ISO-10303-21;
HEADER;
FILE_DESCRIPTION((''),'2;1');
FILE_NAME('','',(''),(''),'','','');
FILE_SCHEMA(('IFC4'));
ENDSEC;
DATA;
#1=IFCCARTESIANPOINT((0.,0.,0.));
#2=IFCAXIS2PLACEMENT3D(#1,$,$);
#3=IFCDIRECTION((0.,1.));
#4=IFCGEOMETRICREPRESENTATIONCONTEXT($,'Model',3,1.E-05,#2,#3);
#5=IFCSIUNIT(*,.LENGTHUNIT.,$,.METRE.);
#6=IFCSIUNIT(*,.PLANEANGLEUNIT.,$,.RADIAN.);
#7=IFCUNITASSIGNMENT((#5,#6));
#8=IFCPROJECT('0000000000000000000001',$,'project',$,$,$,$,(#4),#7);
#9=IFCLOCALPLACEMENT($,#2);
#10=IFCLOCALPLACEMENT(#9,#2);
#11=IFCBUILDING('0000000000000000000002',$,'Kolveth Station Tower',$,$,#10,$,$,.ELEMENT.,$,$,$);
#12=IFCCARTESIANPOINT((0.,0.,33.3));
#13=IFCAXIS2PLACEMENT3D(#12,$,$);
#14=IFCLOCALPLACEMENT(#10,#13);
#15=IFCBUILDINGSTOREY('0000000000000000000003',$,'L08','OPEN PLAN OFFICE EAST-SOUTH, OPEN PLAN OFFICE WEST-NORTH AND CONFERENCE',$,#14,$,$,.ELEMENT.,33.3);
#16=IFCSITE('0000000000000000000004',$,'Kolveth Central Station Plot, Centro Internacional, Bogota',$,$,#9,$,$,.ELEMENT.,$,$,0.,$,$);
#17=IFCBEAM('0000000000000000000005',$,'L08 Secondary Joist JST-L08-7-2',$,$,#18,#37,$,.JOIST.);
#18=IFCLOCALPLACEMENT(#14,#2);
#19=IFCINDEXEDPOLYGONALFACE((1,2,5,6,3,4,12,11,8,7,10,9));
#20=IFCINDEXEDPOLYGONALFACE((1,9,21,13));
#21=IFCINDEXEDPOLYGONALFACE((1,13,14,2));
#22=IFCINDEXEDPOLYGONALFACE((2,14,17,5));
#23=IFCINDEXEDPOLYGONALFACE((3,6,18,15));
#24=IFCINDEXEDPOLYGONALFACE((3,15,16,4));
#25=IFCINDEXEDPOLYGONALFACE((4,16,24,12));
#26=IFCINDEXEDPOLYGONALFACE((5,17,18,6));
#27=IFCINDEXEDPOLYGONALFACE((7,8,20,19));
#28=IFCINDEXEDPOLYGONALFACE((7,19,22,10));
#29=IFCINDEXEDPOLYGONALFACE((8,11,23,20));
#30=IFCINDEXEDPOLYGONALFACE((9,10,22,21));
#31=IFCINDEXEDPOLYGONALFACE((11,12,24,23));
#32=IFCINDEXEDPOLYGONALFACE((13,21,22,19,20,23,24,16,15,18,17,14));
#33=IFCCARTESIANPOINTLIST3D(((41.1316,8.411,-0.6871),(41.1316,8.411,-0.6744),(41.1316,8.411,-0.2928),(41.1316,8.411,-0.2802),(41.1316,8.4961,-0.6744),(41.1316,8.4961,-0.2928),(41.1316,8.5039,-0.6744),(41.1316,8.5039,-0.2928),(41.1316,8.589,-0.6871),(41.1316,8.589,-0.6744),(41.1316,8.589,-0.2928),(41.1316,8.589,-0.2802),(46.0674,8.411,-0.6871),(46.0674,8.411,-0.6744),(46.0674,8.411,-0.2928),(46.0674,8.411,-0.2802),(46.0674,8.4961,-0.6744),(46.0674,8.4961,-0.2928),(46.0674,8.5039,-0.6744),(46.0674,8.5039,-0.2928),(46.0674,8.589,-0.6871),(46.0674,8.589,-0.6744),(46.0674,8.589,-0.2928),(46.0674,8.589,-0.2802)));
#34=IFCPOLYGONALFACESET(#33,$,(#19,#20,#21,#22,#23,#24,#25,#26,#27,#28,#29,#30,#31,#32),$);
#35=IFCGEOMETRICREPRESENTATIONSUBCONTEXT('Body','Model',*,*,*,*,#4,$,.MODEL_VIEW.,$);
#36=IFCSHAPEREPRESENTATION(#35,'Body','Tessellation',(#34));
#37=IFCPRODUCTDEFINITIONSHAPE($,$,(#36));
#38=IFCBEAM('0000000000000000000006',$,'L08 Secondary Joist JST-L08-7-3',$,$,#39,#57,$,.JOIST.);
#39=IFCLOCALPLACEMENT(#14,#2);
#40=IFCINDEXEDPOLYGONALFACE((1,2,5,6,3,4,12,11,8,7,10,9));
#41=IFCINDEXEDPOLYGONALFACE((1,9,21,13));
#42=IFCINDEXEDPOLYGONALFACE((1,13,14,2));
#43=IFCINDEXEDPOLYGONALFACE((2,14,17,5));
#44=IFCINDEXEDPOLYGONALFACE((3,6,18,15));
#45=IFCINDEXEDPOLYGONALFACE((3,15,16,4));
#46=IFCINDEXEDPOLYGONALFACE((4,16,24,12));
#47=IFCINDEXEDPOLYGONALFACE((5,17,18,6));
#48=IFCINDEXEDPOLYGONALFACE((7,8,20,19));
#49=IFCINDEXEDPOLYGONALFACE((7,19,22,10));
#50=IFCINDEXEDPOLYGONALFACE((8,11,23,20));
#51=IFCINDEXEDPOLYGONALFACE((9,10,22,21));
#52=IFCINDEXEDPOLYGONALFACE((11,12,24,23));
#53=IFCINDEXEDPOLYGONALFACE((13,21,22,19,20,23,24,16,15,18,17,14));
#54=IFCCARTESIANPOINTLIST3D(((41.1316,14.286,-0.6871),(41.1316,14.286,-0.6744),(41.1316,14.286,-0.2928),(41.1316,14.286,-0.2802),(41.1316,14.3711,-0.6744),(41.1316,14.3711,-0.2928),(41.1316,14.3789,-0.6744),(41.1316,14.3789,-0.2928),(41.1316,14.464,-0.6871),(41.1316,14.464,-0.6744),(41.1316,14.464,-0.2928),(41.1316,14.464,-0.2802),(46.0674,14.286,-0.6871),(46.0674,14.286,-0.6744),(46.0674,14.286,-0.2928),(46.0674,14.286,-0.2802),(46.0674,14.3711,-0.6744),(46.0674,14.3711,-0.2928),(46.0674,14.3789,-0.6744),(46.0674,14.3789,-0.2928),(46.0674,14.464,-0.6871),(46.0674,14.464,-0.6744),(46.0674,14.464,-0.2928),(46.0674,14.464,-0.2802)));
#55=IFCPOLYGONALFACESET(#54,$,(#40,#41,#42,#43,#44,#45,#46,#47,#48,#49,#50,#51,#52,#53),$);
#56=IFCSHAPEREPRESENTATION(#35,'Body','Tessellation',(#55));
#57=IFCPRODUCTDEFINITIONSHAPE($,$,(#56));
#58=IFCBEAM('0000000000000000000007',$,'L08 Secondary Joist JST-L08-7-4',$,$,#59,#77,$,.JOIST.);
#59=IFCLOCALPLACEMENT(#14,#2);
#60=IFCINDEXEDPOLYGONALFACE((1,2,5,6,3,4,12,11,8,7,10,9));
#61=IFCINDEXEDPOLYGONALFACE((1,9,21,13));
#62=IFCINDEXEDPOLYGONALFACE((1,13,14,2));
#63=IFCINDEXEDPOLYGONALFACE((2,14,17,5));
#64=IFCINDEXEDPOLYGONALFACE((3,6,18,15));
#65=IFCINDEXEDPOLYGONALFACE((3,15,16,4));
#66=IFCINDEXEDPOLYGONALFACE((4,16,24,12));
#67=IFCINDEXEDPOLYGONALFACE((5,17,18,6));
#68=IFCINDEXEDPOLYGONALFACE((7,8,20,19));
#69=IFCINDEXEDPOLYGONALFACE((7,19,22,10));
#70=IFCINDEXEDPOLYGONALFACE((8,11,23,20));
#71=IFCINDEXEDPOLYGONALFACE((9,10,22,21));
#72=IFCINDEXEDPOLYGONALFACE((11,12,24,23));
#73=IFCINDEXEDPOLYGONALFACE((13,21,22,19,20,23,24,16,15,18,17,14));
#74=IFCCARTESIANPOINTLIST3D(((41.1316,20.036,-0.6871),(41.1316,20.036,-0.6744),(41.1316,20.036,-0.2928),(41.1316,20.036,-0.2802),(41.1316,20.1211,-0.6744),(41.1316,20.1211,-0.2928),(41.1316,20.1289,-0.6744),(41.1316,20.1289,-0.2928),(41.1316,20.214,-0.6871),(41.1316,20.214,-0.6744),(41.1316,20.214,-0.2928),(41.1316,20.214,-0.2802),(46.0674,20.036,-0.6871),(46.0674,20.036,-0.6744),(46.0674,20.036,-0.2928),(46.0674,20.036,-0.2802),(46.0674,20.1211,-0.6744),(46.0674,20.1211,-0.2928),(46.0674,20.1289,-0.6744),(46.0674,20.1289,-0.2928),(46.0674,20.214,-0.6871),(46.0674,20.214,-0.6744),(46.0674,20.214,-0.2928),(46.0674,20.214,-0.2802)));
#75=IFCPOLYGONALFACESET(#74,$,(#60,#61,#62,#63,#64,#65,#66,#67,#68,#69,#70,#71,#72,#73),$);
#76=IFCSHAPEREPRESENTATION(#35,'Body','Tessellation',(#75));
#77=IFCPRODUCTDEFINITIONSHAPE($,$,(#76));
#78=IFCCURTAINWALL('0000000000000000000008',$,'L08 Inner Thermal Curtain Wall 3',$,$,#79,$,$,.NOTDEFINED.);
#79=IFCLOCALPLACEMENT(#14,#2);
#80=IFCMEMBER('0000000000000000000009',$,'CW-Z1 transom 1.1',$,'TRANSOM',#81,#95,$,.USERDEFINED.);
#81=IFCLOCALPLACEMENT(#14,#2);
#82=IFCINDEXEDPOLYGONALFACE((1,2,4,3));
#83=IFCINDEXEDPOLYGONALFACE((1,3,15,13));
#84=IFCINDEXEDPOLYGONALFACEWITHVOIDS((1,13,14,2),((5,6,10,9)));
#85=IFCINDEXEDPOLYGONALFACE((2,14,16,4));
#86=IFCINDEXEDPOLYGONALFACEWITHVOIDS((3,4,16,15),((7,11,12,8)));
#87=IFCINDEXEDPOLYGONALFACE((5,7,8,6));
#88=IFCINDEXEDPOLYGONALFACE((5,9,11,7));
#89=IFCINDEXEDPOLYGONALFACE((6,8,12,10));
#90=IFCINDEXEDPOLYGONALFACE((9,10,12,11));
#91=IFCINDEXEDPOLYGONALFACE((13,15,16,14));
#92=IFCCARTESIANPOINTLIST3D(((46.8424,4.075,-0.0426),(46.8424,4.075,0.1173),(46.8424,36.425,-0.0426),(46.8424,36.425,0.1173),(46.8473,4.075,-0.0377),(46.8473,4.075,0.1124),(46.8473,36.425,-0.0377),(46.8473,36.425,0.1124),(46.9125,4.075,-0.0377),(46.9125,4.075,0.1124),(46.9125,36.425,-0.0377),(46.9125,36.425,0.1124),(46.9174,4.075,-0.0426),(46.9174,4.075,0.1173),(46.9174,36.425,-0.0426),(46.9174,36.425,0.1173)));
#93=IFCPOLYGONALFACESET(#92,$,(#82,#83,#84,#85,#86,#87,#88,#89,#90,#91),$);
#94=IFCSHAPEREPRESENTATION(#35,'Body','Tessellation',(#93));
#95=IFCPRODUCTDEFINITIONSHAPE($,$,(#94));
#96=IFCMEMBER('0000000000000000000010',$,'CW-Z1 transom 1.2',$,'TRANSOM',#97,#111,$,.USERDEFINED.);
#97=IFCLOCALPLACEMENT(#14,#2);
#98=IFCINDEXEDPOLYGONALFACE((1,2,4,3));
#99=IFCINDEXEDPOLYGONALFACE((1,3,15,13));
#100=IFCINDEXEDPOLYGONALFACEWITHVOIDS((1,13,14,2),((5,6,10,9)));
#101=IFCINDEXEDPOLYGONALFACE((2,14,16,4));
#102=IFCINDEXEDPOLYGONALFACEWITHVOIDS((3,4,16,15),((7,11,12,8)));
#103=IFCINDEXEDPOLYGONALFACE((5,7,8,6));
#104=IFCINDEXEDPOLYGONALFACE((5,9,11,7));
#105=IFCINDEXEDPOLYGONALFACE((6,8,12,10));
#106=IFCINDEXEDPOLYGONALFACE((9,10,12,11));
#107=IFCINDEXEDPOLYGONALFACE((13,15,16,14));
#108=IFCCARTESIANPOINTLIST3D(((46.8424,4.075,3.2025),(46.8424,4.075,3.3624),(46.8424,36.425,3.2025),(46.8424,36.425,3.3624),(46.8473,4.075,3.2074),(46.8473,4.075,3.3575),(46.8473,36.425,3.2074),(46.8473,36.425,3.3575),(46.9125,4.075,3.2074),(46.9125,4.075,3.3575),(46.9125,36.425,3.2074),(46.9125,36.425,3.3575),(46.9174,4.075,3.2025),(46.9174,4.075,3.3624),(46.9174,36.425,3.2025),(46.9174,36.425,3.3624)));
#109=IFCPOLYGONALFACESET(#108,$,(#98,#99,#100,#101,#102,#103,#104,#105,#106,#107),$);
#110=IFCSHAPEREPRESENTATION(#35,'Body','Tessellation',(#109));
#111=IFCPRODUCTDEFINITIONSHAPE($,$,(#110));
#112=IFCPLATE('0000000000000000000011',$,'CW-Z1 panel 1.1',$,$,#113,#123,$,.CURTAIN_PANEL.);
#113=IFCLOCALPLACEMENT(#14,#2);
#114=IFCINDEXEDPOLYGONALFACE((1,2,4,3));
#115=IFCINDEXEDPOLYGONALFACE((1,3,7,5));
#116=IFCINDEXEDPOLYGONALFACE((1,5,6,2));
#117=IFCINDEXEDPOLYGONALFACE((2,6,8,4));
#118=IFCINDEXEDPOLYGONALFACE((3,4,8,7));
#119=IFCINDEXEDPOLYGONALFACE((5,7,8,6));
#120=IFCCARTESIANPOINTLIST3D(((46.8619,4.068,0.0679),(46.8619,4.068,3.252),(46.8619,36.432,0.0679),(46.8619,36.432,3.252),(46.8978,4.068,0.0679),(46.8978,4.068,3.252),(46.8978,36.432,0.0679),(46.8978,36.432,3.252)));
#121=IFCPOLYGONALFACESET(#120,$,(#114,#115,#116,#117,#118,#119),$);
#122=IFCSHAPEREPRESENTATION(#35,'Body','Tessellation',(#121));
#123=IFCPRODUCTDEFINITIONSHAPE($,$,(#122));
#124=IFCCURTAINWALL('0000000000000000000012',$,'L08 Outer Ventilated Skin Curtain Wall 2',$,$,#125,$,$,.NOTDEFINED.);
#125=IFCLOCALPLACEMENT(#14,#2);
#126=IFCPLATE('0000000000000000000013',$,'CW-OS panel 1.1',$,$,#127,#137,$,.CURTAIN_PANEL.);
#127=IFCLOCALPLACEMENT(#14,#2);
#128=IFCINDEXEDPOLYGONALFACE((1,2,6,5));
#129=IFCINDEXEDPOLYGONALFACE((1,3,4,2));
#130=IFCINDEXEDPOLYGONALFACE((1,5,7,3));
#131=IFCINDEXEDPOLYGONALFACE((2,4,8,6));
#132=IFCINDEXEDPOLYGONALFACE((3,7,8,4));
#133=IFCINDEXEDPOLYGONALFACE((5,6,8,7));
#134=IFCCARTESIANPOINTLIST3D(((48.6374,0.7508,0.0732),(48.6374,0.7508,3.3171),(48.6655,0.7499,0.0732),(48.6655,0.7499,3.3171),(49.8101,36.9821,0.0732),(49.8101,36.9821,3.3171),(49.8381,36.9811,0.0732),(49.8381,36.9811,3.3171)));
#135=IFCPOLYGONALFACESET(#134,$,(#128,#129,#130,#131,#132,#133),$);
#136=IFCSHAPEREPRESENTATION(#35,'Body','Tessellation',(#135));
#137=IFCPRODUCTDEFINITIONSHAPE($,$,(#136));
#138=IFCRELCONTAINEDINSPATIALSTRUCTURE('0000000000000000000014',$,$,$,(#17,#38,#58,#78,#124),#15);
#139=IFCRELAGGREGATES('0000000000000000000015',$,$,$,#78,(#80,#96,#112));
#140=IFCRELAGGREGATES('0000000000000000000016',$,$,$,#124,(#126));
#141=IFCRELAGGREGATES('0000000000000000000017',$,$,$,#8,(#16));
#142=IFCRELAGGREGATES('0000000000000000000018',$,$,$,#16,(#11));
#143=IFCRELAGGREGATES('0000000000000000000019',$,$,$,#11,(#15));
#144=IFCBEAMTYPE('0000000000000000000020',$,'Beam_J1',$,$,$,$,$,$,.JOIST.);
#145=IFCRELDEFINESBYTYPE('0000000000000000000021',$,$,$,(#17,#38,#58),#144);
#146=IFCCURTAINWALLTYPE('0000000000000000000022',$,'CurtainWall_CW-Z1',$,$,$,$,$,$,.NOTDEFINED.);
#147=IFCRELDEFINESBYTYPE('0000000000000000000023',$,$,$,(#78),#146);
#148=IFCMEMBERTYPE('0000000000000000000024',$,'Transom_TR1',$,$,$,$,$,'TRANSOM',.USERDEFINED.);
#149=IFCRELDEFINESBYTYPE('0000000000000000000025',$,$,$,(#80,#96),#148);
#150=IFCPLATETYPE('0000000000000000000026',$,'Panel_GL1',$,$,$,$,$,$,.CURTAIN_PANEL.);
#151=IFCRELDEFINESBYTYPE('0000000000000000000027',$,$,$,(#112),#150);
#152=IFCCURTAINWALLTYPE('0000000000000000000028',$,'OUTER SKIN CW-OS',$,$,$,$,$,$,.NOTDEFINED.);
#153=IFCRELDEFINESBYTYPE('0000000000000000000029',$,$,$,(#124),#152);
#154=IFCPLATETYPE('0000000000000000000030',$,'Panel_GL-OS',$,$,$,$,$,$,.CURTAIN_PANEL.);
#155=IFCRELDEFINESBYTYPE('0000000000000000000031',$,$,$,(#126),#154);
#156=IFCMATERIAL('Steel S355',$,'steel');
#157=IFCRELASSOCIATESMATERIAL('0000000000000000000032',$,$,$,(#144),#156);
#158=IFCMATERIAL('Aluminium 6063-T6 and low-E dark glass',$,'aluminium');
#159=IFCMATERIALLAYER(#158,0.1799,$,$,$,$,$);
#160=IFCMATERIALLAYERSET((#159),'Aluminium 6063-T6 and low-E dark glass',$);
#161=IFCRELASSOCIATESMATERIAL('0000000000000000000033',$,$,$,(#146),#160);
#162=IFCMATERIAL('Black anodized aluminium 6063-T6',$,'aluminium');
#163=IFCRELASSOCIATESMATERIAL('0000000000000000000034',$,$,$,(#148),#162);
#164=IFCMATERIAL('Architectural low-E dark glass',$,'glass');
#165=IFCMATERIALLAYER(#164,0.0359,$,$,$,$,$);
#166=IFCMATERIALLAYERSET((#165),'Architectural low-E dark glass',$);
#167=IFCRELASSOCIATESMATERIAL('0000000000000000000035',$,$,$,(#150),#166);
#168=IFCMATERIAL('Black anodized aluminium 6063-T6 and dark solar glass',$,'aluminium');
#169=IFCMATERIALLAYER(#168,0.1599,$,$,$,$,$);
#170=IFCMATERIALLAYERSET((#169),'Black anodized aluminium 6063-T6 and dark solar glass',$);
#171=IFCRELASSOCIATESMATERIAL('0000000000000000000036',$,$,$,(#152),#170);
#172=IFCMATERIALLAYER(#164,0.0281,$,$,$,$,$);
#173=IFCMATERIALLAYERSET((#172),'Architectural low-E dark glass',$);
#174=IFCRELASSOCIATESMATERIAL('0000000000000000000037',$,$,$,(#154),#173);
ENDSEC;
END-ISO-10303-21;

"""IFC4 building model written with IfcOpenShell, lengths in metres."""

from ifc_helpers import new_model, si_unit, direction, frame, origin, origin_2d, place, context, subcontext, project, spatial, rectangle, hollow_rectangle, i_section, extrude, source, transform, mapped, material, layer, layer_set, material_profile, profile_set, type_object, element, aggregate, save


model = new_model("IFC4")

# Units and contexts
model_context = context("Model", 3, precision=1e-05, world=origin(), true_north=direction((0.0, 1.0)))
body_context = subcontext(model_context, "Body", "Model", "MODEL_VIEW")
ifc_project = project(units=[si_unit("LENGTHUNIT", "METRE"), si_unit("PLANEANGLEUNIT", "RADIAN")], contexts=[model_context])

# Site, building, storey
site_placement = place(None, origin())
site = spatial("IfcSite", under=ifc_project, at=site_placement, Name="Kolveth Central Station Plot, Centro Internacional, Bogota", CompositionType="ELEMENT", RefElevation=0.0)
building_placement = place(site_placement, origin())
building = spatial("IfcBuilding", under=site, at=building_placement, Name="Kolveth Station Tower", CompositionType="ELEMENT")
storey_placement = place(building_placement, frame((0.0, 0.0, 33.3)))
storey = spatial("IfcBuildingStorey", under=building, at=storey_placement, Name="L08", Description="OPEN PLAN OFFICE EAST-SOUTH, OPEN PLAN OFFICE WEST-NORTH AND CONFERENCE", CompositionType="ELEMENT", Elevation=33.3)

# Shared definitions
ifc_material_1 = material(Name="Steel S355", Category="steel")

# Beams
ifc_material_profile_1 = material_profile(ifc_material_1, i_section(OverallWidth=0.178, OverallDepth=0.407, WebThickness=0.0078, FlangeThickness=0.0127, at=origin_2d()), Name="W410x60")
ifc_profile_set_1 = profile_set([ifc_material_profile_1], Name="Steel S355")
beam_type_1 = type_object("IfcBeamType", Name="Beam_J1", PredefinedType="JOIST", material=ifc_profile_set_1)
shared_shape_1 = source(origin(), body_context, "Body", "SweptSolid", [
    extrude(i_section(OverallWidth=0.178, OverallDepth=0.407, WebThickness=0.0078, FlangeThickness=0.0127, at=origin_2d()), origin(), (0.0, 0.0, 1.0), 4.9358),
])
for number, where, z_axis, x_axis, name in (
    (1, (41.1316, 8.5, -0.4836), (1.0, 0.0, 0.0), (0.0, 1.0, 0.0), "L08 Secondary Joist JST-L08-7-2"),
    (2, (41.1316, 14.375, -0.4836), (1.0, 0.0, 0.0), (0.0, 1.0, 0.0), "L08 Secondary Joist JST-L08-7-3"),
    (3, (41.1316, 20.125, -0.4836), (1.0, 0.0, 0.0), (0.0, 1.0, 0.0), "L08 Secondary Joist JST-L08-7-4"),
):
    element("IfcBeam", number, at=place(storey_placement, frame(where, z_axis=z_axis, x_axis=x_axis)), inside=storey, type_object=beam_type_1, Name=name, PredefinedType="JOIST", context=body_context, shape_type="MappedRepresentation", body=[
        mapped(shared_shape_1, transform((0.0, 0.0, 0.0), x_axis=(1.0, 0.0, 0.0), y_axis=(0.0, 1.0, 0.0), z_axis=(0.0, 0.0, 1.0), scale=1.0)),
    ])

# Curtain wall, members, plate
ifc_material_2 = material(Name="Aluminium 6063-T6 and low-E dark glass", Category="aluminium")
ifc_layer_1 = layer(ifc_material_2, 0.1799)
ifc_layer_set_1 = layer_set([ifc_layer_1], Name="Aluminium 6063-T6 and low-E dark glass")
curtain_wall_type_1 = type_object("IfcCurtainWallType", Name="CurtainWall_CW-Z1", PredefinedType="NOTDEFINED", material=ifc_layer_set_1)
curtain_wall_1_placement = place(storey_placement, origin())
curtain_wall_1 = element("IfcCurtainWall", 4, at=curtain_wall_1_placement, inside=storey, type_object=curtain_wall_type_1, Name="L08 Inner Thermal Curtain Wall 3", PredefinedType="NOTDEFINED")
ifc_material_3 = material(Name="Black anodized aluminium 6063-T6", Category="aluminium")
ifc_material_profile_2 = material_profile(ifc_material_3, hollow_rectangle(XDim=0.075, YDim=0.1599, WallThickness=0.0049, at=origin_2d()), Name="ALU-75x160x5")
ifc_profile_set_2 = profile_set([ifc_material_profile_2], Name="Black anodized aluminium 6063-T6")
member_type = type_object("IfcMemberType", Name="Transom_TR1", ElementType="TRANSOM", PredefinedType="USERDEFINED", material=ifc_profile_set_2)
shared_shape_2 = source(origin(), body_context, "Body", "SweptSolid", [
    extrude(hollow_rectangle(XDim=0.075, YDim=0.1599, WallThickness=0.0049, at=origin_2d()), origin(), (0.0, 0.0, 1.0), 32.3501),
])
member_1_placement = place(storey_placement, frame((46.8799, 4.075, 0.0374), z_axis=(0.0, 1.0, 0.0), x_axis=(-1.0, 0.0, 0.0)))
member_1 = element("IfcMember", 5, at=member_1_placement, type_object=member_type, Name="CW-Z1 transom 1.1", ObjectType="TRANSOM", PredefinedType="USERDEFINED", context=body_context, shape_type="MappedRepresentation", body=[
    mapped(shared_shape_2, transform((0.0, 0.0, 0.0), x_axis=(1.0, 0.0, 0.0), y_axis=(0.0, 1.0, 0.0), z_axis=(0.0, 0.0, 1.0), scale=1.0)),
])
member_2_placement = place(storey_placement, frame((46.8799, 4.075, 3.2825), z_axis=(0.0, 1.0, 0.0), x_axis=(-1.0, 0.0, 0.0)))
member_2 = element("IfcMember", 6, at=member_2_placement, type_object=member_type, Name="CW-Z1 transom 1.2", ObjectType="TRANSOM", PredefinedType="USERDEFINED", context=body_context, shape_type="MappedRepresentation", body=[
    mapped(shared_shape_2, transform((0.0, 0.0, 0.0), x_axis=(1.0, 0.0, 0.0), y_axis=(0.0, 1.0, 0.0), z_axis=(0.0, 0.0, 1.0), scale=1.0)),
])
ifc_material_4 = material(Name="Architectural low-E dark glass", Category="glass")
ifc_layer_2 = layer(ifc_material_4, 0.0359)
ifc_layer_set_2 = layer_set([ifc_layer_2], Name="Architectural low-E dark glass")
plate_type_1 = type_object("IfcPlateType", Name="Panel_GL1", PredefinedType="CURTAIN_PANEL", material=ifc_layer_set_2)
shared_shape_3 = source(origin(), body_context, "Body", "SweptSolid", [
    extrude(rectangle(XDim=32.364, YDim=0.0359, at=origin_2d()), origin(), (0.0, 0.0, 1.0), 3.1841),
])
plate_1_placement = place(storey_placement, frame((46.8799, 20.25, 0.0679), z_axis=(0.0, 0.0, 1.0), x_axis=(0.0, 1.0, 0.0)))
plate_1 = element("IfcPlate", 7, at=plate_1_placement, type_object=plate_type_1, Name="CW-Z1 panel 1.1", PredefinedType="CURTAIN_PANEL", context=body_context, shape_type="MappedRepresentation", body=[
    mapped(shared_shape_3, transform((0.0, 0.0, 0.0), x_axis=(1.0, 0.0, 0.0), y_axis=(0.0, 1.0, 0.0), z_axis=(0.0, 0.0, 1.0), scale=1.0)),
])
aggregate(curtain_wall_1, [member_1, member_2, plate_1])

# Curtain wall, plate
ifc_material_5 = material(Name="Black anodized aluminium 6063-T6 and dark solar glass", Category="aluminium")
ifc_layer_3 = layer(ifc_material_5, 0.1599)
ifc_layer_set_3 = layer_set([ifc_layer_3], Name="Black anodized aluminium 6063-T6 and dark solar glass")
curtain_wall_type_2 = type_object("IfcCurtainWallType", Name="OUTER SKIN CW-OS", PredefinedType="NOTDEFINED", material=ifc_layer_set_3)
curtain_wall_2_placement = place(storey_placement, origin())
curtain_wall_2 = element("IfcCurtainWall", 8, at=curtain_wall_2_placement, inside=storey, type_object=curtain_wall_type_2, Name="L08 Outer Ventilated Skin Curtain Wall 2", PredefinedType="NOTDEFINED")
ifc_layer_4 = layer(ifc_material_4, 0.0281)
ifc_layer_set_4 = layer_set([ifc_layer_4], Name="Architectural low-E dark glass")
plate_type_2 = type_object("IfcPlateType", Name="Panel_GL-OS", PredefinedType="CURTAIN_PANEL", material=ifc_layer_set_4)
shared_shape_4 = source(origin(), body_context, "Body", "SweptSolid", [
    extrude(rectangle(XDim=36.2502, YDim=0.0281, at=origin_2d()), origin(), (0.0, 0.0, 1.0), 3.2439),
])
plate_2_placement = place(storey_placement, frame((49.2378, 18.866, 0.0732), z_axis=(0.0, 0.0, 1.0), x_axis=(0.032348, 0.999477, 0.0)))
plate_2 = element("IfcPlate", 9, at=plate_2_placement, type_object=plate_type_2, Name="CW-OS panel 1.1", PredefinedType="CURTAIN_PANEL", context=body_context, shape_type="MappedRepresentation", body=[
    mapped(shared_shape_4, transform((0.0, 0.0, 0.0), x_axis=(1.0, 0.0, 0.0), y_axis=(0.0, 1.0, 0.0), z_axis=(0.0, 0.0, 1.0), scale=1.0)),
])
aggregate(curtain_wall_2, [plate_2])

save(model, "model.ifc")
